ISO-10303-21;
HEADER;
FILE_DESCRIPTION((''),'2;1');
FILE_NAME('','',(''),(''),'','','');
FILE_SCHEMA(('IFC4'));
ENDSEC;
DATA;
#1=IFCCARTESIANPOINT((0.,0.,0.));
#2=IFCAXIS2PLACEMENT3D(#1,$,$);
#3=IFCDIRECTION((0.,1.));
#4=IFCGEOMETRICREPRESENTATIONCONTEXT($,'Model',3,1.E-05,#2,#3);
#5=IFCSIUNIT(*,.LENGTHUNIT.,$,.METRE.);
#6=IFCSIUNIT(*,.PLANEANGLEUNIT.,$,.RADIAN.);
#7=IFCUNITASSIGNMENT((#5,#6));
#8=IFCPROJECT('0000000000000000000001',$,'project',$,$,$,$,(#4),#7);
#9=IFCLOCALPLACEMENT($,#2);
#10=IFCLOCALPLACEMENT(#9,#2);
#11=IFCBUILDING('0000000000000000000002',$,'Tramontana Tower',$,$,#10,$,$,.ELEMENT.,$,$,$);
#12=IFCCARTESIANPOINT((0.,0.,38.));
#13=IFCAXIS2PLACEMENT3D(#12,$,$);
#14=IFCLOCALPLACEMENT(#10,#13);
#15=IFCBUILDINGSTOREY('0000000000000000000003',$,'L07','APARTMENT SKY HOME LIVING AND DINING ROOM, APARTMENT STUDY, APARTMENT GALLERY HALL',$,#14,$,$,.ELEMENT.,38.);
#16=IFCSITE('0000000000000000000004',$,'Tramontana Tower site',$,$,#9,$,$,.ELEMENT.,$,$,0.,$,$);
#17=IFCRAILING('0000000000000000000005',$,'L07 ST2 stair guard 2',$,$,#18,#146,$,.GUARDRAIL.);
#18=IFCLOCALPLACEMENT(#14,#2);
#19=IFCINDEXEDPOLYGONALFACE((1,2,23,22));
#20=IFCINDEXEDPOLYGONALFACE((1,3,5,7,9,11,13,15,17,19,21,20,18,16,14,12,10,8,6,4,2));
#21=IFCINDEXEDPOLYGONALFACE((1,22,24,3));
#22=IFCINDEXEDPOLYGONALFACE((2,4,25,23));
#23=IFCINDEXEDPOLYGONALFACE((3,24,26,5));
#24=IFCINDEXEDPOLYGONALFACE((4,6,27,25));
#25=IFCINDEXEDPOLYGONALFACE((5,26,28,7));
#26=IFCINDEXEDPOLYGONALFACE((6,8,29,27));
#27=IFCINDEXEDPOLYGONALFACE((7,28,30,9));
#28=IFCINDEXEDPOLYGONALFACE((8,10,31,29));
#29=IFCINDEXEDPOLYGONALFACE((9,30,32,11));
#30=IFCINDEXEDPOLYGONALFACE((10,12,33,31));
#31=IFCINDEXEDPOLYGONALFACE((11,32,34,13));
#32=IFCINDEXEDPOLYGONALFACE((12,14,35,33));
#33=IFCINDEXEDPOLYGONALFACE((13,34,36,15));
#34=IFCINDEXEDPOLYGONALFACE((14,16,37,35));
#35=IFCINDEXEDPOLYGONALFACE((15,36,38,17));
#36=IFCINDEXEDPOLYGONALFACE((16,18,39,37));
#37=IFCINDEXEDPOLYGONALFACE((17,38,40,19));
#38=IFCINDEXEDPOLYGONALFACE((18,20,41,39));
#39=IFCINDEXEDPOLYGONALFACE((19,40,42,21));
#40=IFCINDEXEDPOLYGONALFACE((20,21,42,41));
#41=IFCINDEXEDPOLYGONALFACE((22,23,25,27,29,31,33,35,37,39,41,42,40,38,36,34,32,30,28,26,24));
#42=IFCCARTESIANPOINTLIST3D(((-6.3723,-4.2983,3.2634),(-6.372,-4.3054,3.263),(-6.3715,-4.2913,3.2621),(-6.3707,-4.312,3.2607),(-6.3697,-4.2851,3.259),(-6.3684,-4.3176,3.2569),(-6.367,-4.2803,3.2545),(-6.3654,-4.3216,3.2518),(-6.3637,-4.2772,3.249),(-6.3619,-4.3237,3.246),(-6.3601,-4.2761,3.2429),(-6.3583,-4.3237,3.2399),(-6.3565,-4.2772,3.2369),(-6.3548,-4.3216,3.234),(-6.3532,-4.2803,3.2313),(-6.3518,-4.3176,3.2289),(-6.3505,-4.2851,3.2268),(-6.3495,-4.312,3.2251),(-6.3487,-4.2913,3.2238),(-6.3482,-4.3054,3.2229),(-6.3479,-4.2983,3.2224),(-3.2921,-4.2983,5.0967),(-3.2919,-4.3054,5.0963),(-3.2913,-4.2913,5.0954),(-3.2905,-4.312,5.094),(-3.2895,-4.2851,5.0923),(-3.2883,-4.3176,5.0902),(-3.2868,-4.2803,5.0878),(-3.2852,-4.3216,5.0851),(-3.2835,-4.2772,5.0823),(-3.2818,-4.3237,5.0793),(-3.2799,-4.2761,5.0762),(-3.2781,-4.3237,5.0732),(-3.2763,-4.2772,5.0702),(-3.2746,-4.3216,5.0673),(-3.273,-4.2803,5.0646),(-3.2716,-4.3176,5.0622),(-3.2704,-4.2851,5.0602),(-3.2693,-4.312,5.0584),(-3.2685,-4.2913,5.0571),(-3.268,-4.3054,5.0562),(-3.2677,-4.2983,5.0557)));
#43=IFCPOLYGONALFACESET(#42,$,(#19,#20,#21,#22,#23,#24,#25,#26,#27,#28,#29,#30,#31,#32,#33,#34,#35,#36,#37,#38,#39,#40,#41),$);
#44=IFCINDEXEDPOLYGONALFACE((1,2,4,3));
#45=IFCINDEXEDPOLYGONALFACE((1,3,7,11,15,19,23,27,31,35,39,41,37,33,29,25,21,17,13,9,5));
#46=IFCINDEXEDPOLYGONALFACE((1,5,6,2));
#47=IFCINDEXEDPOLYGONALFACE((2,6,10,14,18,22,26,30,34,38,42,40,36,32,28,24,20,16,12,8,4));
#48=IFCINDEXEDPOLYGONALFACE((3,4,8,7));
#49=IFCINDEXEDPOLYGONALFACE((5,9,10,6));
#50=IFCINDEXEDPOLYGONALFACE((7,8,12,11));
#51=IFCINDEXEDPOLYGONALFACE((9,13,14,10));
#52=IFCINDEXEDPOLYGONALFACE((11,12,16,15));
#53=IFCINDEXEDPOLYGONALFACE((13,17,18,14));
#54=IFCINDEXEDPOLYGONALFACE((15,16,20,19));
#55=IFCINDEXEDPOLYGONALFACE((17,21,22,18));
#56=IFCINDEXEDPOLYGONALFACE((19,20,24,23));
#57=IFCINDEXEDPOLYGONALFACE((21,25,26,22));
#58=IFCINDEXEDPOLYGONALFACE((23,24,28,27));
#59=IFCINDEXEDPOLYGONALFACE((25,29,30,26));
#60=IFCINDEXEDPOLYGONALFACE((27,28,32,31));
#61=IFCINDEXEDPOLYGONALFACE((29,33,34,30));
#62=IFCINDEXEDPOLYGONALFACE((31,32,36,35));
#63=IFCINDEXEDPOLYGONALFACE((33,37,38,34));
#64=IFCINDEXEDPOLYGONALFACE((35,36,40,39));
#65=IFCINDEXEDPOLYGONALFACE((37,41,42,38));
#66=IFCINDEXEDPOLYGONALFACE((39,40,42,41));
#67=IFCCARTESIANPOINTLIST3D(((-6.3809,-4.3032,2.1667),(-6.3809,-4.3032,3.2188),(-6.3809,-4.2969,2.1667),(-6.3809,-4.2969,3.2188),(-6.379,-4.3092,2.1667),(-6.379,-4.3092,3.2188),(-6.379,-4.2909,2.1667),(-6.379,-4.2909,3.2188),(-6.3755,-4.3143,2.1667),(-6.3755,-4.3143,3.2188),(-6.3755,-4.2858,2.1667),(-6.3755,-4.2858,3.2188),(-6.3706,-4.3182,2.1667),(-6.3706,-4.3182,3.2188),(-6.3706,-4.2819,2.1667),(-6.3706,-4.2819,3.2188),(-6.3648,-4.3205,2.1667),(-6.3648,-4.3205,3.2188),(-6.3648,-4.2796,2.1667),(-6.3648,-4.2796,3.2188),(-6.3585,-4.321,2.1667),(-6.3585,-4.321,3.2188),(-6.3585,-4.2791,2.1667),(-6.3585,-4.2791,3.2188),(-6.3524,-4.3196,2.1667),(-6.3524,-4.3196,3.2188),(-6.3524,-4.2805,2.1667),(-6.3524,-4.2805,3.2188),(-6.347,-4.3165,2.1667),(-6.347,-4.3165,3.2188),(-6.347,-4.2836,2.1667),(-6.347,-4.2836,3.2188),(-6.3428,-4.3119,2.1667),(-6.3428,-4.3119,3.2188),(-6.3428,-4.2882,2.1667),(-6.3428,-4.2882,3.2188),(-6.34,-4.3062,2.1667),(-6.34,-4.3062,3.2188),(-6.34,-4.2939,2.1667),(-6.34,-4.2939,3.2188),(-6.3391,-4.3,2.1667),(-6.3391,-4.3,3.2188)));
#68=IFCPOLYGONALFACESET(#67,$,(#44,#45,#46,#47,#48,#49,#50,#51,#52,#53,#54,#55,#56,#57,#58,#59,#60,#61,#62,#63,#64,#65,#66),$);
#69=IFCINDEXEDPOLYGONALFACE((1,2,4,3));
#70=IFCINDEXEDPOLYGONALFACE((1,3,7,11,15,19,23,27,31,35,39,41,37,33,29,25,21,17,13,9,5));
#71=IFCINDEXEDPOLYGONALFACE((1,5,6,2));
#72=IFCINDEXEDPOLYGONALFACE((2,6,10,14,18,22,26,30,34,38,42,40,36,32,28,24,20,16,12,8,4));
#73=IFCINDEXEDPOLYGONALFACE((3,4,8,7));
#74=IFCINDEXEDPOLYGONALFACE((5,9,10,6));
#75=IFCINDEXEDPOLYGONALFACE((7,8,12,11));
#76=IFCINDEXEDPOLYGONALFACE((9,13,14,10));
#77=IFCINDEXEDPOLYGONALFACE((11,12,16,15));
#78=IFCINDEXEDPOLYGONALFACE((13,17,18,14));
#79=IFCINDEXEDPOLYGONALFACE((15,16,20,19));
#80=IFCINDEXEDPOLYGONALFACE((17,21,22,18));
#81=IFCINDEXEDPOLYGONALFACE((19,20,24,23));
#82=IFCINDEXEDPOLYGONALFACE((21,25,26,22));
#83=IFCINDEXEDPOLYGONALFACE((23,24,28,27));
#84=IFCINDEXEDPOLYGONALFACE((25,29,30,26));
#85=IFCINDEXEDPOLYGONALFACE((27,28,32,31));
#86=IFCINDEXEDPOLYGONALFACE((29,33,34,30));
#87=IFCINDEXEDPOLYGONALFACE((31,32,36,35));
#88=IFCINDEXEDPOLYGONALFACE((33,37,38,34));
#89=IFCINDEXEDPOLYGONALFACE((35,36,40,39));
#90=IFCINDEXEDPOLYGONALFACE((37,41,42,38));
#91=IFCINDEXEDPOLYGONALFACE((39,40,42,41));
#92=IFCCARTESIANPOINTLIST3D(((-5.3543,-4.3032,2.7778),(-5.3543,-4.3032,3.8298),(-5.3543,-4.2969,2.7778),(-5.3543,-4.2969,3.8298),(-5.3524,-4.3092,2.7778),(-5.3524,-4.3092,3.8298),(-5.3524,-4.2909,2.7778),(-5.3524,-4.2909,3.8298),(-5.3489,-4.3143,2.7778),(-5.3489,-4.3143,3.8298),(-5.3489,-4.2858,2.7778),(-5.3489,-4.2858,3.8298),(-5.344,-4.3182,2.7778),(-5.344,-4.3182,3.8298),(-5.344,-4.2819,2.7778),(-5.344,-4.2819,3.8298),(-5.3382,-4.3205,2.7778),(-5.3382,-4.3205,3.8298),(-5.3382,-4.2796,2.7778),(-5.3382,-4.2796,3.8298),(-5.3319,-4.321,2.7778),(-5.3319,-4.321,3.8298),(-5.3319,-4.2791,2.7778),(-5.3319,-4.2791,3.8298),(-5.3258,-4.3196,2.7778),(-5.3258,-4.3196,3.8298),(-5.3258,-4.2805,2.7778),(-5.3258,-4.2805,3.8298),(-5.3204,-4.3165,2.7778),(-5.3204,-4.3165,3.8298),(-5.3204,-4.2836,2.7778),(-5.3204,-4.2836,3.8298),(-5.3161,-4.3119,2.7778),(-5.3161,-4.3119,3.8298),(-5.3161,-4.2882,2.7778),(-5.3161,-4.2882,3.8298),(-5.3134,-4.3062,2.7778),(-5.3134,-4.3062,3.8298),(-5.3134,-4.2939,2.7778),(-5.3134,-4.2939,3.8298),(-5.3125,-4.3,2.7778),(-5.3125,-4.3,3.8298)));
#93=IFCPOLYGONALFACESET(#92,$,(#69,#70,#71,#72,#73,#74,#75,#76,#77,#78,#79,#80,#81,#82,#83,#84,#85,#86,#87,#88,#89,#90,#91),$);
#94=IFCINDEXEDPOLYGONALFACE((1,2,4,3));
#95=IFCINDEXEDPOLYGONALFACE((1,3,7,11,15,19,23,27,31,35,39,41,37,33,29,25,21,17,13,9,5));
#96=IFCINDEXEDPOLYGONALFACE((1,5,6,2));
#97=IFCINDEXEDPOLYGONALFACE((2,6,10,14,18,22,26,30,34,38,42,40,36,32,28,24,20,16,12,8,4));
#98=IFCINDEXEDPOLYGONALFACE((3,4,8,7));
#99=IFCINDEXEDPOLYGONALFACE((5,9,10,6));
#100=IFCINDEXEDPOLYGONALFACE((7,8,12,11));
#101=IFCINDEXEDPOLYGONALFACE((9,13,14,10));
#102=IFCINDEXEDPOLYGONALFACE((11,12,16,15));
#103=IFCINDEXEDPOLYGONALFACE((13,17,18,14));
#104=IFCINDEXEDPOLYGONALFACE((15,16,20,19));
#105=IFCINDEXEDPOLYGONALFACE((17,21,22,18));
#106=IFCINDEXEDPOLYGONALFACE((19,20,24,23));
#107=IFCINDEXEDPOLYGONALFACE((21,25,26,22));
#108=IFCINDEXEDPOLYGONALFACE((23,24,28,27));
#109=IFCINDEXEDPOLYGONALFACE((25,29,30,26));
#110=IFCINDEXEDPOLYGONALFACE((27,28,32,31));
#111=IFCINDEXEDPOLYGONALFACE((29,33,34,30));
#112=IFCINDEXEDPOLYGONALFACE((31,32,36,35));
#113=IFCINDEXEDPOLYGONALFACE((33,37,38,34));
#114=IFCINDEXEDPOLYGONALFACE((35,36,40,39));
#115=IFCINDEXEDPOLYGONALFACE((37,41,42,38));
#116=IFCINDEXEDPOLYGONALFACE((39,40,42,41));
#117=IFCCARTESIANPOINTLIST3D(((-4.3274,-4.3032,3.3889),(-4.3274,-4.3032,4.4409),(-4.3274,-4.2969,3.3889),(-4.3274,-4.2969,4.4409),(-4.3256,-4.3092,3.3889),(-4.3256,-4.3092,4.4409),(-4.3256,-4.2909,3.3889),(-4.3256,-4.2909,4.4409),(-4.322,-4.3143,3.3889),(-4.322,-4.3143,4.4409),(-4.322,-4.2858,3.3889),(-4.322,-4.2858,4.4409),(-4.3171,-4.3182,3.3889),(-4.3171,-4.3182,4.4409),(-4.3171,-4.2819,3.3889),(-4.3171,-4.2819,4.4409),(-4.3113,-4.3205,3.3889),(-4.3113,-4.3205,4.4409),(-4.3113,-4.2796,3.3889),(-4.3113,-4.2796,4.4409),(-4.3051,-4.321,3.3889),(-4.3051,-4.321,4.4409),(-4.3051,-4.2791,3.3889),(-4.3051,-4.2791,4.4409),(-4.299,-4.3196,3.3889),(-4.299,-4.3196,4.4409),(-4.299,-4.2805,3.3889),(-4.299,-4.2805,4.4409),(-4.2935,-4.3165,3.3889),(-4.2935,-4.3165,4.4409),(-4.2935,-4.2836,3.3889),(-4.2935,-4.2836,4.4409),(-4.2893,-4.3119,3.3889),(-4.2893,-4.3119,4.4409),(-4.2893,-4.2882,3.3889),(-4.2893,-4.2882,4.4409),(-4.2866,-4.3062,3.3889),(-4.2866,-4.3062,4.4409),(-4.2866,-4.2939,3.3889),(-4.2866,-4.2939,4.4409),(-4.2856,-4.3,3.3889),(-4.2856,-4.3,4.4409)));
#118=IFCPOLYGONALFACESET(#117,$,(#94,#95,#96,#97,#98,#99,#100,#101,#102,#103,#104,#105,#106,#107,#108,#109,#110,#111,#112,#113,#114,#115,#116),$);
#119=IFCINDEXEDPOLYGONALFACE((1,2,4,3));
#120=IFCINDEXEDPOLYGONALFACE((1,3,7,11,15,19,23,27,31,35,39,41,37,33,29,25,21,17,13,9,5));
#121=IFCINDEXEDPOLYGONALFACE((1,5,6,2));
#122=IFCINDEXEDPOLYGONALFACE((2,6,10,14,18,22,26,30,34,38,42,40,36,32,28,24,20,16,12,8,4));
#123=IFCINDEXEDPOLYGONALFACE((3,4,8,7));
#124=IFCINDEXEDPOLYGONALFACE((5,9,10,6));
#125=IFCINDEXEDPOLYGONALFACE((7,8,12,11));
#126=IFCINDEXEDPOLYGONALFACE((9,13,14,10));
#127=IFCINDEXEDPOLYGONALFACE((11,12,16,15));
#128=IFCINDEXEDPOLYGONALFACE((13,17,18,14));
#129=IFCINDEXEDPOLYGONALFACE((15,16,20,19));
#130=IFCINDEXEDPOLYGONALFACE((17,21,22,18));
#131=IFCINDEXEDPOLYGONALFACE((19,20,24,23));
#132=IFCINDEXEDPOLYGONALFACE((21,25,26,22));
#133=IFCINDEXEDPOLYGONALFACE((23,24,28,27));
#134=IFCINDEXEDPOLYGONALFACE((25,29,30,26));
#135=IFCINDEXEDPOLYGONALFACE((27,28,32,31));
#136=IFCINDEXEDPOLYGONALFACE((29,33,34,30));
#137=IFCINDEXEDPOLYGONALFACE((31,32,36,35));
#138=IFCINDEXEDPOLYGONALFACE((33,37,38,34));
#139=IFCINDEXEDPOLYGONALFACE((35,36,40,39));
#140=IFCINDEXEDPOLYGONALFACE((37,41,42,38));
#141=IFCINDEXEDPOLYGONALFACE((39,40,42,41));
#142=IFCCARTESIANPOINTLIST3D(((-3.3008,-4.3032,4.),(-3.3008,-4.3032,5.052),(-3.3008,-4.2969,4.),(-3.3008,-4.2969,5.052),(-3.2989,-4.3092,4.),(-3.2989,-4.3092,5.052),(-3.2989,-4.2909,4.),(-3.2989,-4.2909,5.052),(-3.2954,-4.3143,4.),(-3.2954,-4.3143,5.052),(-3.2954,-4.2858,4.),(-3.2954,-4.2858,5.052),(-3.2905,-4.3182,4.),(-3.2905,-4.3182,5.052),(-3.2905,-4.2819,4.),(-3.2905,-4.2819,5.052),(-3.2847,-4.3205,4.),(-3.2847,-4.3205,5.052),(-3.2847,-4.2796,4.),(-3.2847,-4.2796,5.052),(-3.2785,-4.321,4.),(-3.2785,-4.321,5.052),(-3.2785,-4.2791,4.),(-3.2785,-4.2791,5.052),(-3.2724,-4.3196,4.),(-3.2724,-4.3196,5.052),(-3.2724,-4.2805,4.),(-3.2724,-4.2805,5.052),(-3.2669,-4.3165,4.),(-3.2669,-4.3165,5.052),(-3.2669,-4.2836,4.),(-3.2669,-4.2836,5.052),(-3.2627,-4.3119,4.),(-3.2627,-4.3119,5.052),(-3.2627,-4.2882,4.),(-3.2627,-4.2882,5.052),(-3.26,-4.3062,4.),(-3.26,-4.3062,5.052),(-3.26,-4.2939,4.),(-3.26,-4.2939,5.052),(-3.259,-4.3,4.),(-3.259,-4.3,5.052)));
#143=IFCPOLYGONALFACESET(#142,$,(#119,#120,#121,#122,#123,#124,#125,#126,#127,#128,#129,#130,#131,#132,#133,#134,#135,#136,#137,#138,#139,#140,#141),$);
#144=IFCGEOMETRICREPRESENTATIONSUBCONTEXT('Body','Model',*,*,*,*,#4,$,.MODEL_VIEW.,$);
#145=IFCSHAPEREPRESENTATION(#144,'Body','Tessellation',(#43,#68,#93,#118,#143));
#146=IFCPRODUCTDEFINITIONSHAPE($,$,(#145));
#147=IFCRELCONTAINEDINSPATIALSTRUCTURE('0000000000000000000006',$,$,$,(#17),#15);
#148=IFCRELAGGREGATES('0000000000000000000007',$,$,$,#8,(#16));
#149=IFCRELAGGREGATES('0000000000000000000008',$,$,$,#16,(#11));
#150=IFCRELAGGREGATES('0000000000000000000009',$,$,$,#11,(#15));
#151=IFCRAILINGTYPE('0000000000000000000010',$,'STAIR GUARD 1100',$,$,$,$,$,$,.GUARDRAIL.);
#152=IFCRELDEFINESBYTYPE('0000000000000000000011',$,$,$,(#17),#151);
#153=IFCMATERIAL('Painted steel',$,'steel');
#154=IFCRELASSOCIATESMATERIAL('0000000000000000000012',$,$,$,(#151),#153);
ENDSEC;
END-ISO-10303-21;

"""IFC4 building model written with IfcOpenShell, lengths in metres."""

from ifc_helpers import new_model, si_unit, direction, frame, origin, origin_2d, place, context, subcontext, project, spatial, circle, extrude, material, type_object, element, save


model = new_model("IFC4")

# Units and contexts
model_context = context("Model", 3, precision=1e-05, world=origin(), true_north=direction((0.0, 1.0)))
body_context = subcontext(model_context, "Body", "Model", "MODEL_VIEW")
ifc_project = project(units=[si_unit("LENGTHUNIT", "METRE"), si_unit("PLANEANGLEUNIT", "RADIAN")], contexts=[model_context])

# Site, building, storey
site_placement = place(None, origin())
site = spatial("IfcSite", under=ifc_project, at=site_placement, Name="Tramontana Tower site", CompositionType="ELEMENT", RefElevation=0.0)
building_placement = place(site_placement, origin())
building = spatial("IfcBuilding", under=site, at=building_placement, Name="Tramontana Tower", CompositionType="ELEMENT")
storey_placement = place(building_placement, frame((0.0, 0.0, 38.0)))
storey = spatial("IfcBuildingStorey", under=building, at=storey_placement, Name="L07", Description="APARTMENT SKY HOME LIVING AND DINING ROOM, APARTMENT STUDY, APARTMENT GALLERY HALL", CompositionType="ELEMENT", Elevation=38.0)

# Railing
ifc_material_1 = material(Name="Painted steel", Category="steel")
railing_type_1 = type_object("IfcRailingType", Name="STAIR GUARD 1100", PredefinedType="GUARDRAIL", material=ifc_material_1)
railing_1_placement = place(storey_placement, frame((-6.3601, -4.3, 2.1667)))
element("IfcRailing", 1, at=railing_1_placement, inside=storey, type_object=railing_type_1, Name="L07 ST2 stair guard 2", PredefinedType="GUARDRAIL", context=body_context, shape_type="SweptSolid", body=[
    extrude(circle(Radius=0.0239, at=origin_2d()), frame((0.0, 0.0, 1.0762), z_axis=(0.859309, 0.0, 0.511458), x_axis=(0.0, 1.0, 0.0)), (0.0, 0.0, 1.0), 3.5845),
    extrude(circle(Radius=0.021, at=origin_2d()), origin(), (0.0, 0.0, 1.0), 1.052),
    extrude(circle(Radius=0.021, at=origin_2d()), frame((1.0266, 0.0, 0.6111)), (0.0, 0.0, 1.0), 1.052),
    extrude(circle(Radius=0.021, at=origin_2d()), frame((2.0535, 0.0, 1.2222)), (0.0, 0.0, 1.0), 1.052),
    extrude(circle(Radius=0.021, at=origin_2d()), frame((3.0801, 0.0, 1.8333)), (0.0, 0.0, 1.0), 1.052),
])

save(model, "model.ifc")
